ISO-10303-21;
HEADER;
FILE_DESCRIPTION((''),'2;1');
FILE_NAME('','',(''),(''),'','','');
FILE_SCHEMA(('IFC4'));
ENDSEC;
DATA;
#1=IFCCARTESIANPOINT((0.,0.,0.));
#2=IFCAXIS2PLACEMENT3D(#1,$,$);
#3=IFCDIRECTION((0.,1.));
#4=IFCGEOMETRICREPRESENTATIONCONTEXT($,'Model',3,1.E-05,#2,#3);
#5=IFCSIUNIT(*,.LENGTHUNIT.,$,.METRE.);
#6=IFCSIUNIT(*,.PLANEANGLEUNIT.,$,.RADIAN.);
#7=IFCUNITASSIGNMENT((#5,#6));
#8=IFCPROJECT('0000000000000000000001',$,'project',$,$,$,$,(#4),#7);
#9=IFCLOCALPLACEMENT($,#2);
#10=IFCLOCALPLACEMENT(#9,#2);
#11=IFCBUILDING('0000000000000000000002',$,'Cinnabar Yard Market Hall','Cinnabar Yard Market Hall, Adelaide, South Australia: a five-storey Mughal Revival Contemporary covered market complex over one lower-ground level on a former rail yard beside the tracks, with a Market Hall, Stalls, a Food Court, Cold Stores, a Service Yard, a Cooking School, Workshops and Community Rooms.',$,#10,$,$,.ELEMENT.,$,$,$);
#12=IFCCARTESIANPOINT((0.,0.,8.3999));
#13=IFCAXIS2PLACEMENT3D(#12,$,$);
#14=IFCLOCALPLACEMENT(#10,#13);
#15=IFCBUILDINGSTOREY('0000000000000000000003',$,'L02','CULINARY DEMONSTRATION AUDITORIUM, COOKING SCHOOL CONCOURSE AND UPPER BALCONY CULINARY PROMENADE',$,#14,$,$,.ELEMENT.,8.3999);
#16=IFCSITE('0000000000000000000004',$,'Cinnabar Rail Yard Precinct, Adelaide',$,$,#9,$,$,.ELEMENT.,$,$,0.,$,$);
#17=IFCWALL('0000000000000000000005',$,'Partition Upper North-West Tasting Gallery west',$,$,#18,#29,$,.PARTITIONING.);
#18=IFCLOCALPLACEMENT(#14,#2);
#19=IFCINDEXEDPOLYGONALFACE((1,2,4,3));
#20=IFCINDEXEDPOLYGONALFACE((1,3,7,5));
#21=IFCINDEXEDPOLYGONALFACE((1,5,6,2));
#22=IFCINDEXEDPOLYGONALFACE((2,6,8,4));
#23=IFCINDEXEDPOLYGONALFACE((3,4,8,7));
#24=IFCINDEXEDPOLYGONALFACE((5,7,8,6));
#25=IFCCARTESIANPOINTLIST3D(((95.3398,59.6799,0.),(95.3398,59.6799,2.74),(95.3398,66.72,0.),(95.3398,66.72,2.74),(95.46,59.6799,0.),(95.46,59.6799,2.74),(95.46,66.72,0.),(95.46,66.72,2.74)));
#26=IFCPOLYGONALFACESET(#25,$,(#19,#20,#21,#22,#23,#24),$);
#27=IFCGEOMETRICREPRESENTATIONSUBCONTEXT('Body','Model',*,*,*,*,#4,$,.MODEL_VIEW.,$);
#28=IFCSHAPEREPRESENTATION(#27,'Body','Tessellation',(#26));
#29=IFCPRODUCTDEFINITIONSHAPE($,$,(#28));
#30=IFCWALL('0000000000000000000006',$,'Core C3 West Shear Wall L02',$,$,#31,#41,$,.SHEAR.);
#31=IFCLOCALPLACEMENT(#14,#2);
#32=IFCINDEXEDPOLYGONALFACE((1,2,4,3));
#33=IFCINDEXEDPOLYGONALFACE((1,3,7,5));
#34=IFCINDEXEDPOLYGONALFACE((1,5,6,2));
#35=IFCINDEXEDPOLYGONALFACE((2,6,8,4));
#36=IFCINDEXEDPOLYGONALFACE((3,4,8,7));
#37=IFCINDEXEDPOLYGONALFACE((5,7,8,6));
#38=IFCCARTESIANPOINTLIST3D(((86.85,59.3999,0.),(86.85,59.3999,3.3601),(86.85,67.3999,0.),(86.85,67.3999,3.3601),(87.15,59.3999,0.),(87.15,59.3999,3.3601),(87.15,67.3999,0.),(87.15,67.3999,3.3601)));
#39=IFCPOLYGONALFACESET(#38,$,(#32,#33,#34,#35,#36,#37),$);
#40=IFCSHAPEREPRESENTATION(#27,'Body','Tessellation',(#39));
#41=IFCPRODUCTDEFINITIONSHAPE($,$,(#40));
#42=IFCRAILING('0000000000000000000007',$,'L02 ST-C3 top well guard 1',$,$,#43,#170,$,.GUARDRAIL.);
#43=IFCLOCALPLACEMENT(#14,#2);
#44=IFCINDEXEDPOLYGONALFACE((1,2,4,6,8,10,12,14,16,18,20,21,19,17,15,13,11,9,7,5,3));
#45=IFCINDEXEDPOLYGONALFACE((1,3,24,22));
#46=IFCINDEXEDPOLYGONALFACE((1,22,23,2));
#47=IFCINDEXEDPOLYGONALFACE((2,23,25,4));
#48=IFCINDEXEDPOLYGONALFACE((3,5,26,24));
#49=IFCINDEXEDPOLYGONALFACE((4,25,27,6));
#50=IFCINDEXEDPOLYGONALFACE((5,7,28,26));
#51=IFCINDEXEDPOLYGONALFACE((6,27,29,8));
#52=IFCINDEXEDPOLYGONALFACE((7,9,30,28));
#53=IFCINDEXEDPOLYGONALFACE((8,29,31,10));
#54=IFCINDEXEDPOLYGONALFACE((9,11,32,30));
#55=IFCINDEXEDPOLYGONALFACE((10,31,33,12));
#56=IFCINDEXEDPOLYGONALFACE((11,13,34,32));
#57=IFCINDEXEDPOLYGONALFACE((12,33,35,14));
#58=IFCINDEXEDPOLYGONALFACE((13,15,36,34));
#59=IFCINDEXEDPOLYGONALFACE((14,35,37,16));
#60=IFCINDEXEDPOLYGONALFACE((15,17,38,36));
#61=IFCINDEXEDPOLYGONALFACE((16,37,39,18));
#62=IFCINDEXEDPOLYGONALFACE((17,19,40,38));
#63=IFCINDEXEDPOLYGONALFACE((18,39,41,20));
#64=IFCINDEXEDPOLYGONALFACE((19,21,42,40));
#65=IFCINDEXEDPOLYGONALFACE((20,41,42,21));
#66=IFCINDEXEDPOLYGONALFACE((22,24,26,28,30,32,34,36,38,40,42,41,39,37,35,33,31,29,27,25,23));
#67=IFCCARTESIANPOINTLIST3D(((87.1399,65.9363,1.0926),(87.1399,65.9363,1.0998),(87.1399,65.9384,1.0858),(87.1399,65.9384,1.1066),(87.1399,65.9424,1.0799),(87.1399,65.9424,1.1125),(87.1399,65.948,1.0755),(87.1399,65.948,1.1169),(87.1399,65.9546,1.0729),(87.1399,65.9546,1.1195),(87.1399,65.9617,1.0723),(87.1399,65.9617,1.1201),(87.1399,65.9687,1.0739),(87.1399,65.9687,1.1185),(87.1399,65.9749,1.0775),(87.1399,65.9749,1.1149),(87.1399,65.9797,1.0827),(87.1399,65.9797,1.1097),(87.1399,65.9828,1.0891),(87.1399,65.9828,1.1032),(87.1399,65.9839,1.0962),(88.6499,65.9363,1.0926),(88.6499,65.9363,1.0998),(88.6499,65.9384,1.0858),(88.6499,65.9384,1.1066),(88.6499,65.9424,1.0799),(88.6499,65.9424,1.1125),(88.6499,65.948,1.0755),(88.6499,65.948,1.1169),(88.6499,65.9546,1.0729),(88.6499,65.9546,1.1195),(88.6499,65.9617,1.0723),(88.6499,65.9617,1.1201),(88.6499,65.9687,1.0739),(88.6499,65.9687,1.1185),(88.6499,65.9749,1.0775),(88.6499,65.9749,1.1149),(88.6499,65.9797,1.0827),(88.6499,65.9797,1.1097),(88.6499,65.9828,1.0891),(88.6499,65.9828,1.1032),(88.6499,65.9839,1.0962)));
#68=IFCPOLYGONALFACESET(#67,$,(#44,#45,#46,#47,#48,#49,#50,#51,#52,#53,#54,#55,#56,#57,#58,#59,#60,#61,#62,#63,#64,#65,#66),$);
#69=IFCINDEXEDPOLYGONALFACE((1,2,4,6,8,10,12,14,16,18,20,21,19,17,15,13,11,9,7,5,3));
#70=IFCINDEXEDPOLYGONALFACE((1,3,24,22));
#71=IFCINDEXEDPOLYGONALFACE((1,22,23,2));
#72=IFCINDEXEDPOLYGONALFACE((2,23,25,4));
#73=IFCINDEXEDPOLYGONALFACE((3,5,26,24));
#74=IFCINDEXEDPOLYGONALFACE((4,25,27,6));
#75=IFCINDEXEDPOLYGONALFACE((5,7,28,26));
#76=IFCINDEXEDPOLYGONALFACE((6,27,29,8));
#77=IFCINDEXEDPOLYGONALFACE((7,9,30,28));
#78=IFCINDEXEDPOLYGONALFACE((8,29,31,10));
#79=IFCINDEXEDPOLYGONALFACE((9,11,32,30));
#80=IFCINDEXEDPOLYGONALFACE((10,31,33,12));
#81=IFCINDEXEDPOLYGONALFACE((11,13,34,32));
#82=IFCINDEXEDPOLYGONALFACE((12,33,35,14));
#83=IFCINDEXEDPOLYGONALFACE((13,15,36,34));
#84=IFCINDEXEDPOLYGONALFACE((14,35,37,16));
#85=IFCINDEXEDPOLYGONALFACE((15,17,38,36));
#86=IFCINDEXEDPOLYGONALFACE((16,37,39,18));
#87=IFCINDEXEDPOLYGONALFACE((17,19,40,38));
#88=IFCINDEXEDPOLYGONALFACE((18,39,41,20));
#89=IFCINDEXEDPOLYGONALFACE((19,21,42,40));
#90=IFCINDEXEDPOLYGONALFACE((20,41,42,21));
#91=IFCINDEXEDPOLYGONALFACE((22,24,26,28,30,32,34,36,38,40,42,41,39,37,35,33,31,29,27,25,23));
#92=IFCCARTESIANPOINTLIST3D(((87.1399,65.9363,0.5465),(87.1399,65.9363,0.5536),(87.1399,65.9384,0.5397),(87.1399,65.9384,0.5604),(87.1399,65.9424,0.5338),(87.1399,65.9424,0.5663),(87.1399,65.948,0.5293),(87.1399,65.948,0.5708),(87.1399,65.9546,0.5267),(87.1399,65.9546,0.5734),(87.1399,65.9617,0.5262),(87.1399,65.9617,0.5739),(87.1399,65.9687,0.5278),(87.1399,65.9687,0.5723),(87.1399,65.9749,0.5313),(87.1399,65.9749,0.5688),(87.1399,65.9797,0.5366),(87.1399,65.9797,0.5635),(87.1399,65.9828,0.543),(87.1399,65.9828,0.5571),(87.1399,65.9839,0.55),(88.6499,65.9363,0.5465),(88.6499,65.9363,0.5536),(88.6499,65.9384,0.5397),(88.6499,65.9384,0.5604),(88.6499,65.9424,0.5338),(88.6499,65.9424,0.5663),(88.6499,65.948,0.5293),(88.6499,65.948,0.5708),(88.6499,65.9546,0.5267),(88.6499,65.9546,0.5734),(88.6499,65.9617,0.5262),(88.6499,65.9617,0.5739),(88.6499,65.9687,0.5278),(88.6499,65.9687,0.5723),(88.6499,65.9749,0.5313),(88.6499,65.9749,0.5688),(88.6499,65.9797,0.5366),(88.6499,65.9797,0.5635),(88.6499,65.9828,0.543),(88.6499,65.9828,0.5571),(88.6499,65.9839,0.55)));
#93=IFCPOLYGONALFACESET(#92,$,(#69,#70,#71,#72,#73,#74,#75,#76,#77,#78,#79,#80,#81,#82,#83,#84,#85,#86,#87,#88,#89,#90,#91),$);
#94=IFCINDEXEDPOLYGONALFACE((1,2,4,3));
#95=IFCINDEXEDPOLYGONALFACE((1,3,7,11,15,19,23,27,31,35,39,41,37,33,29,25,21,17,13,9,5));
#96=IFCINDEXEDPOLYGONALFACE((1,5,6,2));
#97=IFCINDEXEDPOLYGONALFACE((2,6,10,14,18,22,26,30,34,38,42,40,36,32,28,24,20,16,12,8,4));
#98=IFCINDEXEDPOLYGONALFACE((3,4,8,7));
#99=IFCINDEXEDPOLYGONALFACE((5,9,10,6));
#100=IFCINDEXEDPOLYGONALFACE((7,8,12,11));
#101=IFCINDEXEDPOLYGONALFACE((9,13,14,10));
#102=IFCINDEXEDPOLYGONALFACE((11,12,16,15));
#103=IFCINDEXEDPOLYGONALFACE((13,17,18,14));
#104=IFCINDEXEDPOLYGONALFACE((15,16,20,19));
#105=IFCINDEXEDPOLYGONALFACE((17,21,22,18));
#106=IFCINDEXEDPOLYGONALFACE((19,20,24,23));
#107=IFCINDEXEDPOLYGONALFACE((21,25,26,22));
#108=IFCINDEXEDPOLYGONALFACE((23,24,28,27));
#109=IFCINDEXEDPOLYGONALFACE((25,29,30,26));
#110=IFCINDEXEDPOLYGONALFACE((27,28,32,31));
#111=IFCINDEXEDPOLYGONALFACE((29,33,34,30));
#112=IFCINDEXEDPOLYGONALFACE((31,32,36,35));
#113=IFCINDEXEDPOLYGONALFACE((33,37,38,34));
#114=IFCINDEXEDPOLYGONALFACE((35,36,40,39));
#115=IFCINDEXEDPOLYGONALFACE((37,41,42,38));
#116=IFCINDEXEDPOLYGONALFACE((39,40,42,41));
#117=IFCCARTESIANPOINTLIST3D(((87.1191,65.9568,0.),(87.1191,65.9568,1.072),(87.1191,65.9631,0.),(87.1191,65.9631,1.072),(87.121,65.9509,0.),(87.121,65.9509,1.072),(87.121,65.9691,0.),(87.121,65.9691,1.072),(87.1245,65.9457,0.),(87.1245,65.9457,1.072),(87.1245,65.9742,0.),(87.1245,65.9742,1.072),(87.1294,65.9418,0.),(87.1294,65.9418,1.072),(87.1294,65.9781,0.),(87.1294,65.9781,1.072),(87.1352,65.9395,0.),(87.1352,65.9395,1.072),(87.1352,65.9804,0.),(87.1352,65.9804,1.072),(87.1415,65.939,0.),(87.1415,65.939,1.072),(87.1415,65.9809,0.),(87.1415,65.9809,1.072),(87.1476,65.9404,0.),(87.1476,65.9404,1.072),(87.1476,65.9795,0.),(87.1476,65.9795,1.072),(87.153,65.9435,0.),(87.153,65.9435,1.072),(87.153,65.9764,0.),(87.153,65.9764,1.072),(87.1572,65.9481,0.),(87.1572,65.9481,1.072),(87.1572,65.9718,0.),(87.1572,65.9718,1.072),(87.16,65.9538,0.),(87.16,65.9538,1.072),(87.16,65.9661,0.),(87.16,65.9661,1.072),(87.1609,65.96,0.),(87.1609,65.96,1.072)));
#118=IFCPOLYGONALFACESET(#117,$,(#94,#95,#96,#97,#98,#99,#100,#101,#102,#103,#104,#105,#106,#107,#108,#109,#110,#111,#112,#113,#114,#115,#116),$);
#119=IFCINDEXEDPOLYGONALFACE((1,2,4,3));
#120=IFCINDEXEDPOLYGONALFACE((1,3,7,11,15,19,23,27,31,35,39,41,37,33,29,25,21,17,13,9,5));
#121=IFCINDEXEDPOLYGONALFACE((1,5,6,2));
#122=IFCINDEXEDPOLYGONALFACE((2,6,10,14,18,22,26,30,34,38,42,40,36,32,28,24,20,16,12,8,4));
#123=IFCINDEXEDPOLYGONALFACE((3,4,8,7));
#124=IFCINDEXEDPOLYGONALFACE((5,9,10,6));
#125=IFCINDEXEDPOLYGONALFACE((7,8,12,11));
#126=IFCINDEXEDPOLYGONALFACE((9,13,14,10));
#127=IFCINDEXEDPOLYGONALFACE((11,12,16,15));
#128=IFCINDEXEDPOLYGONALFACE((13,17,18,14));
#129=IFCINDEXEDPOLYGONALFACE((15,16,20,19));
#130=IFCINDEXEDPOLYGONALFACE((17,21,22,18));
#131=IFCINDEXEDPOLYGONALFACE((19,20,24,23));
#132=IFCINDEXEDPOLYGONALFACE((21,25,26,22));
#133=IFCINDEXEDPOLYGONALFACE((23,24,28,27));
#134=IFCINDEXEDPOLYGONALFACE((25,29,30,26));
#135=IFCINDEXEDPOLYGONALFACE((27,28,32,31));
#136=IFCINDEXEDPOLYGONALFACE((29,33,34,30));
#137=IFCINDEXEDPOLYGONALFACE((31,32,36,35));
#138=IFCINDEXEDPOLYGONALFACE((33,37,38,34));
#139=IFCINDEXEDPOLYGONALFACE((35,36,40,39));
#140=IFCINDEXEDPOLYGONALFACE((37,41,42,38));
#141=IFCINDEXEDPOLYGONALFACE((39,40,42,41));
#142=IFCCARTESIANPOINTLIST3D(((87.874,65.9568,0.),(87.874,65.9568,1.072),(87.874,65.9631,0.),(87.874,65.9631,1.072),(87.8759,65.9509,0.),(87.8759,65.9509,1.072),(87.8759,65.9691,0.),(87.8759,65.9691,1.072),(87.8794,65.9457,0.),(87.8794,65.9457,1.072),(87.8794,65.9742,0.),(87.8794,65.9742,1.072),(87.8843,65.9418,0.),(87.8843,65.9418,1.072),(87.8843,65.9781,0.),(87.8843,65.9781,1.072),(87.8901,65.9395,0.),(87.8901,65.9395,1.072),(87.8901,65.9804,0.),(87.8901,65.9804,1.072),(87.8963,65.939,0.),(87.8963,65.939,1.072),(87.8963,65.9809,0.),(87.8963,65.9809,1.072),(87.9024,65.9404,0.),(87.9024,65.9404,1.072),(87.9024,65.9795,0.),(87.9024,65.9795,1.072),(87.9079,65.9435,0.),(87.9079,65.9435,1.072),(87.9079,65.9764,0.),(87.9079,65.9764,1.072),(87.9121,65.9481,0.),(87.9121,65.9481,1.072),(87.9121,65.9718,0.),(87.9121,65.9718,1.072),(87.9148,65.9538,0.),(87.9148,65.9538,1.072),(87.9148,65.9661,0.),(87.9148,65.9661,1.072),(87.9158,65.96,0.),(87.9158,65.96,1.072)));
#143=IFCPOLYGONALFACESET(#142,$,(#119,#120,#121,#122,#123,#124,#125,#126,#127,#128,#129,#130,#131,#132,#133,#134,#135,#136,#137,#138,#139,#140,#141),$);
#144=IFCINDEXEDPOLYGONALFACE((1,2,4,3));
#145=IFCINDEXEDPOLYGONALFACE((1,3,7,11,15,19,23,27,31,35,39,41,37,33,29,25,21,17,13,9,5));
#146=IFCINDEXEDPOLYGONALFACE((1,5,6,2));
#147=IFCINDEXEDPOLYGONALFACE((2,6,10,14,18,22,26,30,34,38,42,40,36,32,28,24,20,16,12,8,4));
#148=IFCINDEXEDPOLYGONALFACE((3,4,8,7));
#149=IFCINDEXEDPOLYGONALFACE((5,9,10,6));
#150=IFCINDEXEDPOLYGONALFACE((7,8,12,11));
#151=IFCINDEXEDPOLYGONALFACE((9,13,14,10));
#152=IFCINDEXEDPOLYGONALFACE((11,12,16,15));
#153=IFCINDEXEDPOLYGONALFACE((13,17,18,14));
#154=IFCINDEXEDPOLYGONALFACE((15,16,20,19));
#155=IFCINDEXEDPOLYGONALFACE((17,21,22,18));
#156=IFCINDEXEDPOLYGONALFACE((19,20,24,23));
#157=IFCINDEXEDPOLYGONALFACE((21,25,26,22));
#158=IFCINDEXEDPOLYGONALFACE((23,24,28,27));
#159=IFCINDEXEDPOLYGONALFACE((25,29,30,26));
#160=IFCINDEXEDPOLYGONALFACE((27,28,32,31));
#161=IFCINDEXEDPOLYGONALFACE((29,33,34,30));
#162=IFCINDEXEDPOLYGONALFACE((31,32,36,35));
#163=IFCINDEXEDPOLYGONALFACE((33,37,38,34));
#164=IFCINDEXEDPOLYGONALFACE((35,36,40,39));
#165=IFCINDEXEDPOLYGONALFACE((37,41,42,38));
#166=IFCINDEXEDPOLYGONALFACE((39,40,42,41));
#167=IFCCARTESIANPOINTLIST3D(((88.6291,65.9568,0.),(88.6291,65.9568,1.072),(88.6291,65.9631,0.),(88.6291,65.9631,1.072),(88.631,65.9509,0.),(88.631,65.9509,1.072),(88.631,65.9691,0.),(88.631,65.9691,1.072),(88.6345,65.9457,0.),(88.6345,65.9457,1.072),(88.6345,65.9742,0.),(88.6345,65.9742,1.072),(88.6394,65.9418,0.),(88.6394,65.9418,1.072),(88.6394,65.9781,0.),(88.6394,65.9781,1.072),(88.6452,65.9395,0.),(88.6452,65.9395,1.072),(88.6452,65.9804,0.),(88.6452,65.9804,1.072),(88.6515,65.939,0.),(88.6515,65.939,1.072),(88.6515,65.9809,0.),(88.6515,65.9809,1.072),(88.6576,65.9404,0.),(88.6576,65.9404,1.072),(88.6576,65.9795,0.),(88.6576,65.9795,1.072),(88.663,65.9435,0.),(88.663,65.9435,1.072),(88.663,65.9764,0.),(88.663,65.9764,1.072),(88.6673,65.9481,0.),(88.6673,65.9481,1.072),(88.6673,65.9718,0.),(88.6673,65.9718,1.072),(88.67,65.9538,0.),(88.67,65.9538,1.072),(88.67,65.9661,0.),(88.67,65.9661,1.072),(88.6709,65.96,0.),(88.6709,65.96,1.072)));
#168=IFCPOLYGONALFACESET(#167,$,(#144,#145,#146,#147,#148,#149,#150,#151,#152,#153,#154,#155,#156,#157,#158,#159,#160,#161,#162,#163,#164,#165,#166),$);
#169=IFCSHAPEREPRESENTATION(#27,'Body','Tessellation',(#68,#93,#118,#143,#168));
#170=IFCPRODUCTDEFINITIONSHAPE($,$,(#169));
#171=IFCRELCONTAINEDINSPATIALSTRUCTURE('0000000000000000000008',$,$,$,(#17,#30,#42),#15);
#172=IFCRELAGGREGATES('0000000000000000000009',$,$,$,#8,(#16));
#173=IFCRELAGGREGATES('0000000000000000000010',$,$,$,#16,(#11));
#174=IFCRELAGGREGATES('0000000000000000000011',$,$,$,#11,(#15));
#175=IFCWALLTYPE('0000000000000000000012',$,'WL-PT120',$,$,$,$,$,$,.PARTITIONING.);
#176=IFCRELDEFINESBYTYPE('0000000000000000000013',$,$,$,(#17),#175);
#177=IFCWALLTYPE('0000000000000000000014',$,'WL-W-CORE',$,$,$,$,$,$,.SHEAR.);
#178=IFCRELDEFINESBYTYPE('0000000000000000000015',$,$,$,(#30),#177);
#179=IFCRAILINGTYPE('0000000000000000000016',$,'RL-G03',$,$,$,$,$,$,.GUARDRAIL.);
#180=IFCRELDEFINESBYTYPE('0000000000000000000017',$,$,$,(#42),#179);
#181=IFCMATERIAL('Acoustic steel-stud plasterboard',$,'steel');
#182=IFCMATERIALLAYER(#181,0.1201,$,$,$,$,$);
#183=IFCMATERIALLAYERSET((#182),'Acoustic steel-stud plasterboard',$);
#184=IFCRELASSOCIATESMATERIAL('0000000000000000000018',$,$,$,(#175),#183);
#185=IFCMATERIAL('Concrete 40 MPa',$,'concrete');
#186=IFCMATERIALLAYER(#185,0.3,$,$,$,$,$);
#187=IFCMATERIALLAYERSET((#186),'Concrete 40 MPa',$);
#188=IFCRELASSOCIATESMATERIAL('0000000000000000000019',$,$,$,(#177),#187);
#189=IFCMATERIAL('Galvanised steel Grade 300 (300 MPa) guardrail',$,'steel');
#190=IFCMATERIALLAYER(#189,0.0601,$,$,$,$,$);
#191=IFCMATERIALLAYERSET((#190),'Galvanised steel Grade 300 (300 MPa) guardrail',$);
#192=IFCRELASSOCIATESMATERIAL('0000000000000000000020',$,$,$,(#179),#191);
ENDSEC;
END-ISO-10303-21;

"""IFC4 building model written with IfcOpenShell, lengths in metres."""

from ifc_helpers import new_model, si_unit, direction, frame, frame_2d, origin, origin_2d_with_axis, place, context, subcontext, project, spatial, rectangle, circle, extrude, material, layer, layer_set, type_object, element, save


model = new_model("IFC4")

# Units and contexts
model_context = context("Model", 3, precision=1e-05, world=origin(), true_north=direction((0.0, 1.0)))
body_context = subcontext(model_context, "Body", "Model", "MODEL_VIEW")
ifc_project = project(units=[si_unit("LENGTHUNIT", "METRE"), si_unit("PLANEANGLEUNIT", "RADIAN")], contexts=[model_context])

# Site, building, storey
site_placement = place(None, origin())
site = spatial("IfcSite", under=ifc_project, at=site_placement, Name="Cinnabar Rail Yard Precinct, Adelaide", CompositionType="ELEMENT", RefElevation=0.0)
building_placement = place(site_placement, origin())
building = spatial("IfcBuilding", under=site, at=building_placement, Name="Cinnabar Yard Market Hall", Description="Cinnabar Yard Market Hall, Adelaide, South Australia: a five-storey Mughal Revival Contemporary covered market complex over one lower-ground level on a former rail yard beside the tracks, with a Market Hall, Stalls, a Food Court, Cold Stores, a Service Yard, a Cooking School, Workshops and Community Rooms.", CompositionType="ELEMENT")
storey_placement = place(building_placement, frame((0.0, 0.0, 8.3999)))
storey = spatial("IfcBuildingStorey", under=building, at=storey_placement, Name="L02", Description="CULINARY DEMONSTRATION AUDITORIUM, COOKING SCHOOL CONCOURSE AND UPPER BALCONY CULINARY PROMENADE", CompositionType="ELEMENT", Elevation=8.3999)

# Walls
ifc_material_1 = material(Name="Acoustic steel-stud plasterboard", Category="steel")
ifc_layer_1 = layer(ifc_material_1, 0.1201)
ifc_layer_set_1 = layer_set([ifc_layer_1], Name="Acoustic steel-stud plasterboard")
wall_type_1 = type_object("IfcWallType", Name="WL-PT120", PredefinedType="PARTITIONING", material=ifc_layer_set_1)
wall_1_placement = place(storey_placement, frame((95.3999, 66.72, 0.0), z_axis=(0.0, 0.0, 1.0), x_axis=(0.0, -1.0, 0.0)))
element("IfcWall", 1, at=wall_1_placement, inside=storey, type_object=wall_type_1, Name="Partition Upper North-West Tasting Gallery west", PredefinedType="PARTITIONING", context=body_context, shape_type="SweptSolid", body=[
    extrude(rectangle(XDim=7.04, YDim=0.1201, at=frame_2d((3.52, 0.0), x_axis=(1.0, 0.0))), origin(), (0.0, 0.0, 1.0), 2.74),
])
ifc_material_2 = material(Name="Concrete 40 MPa", Category="concrete")
ifc_layer_2 = layer(ifc_material_2, 0.3)
ifc_layer_set_2 = layer_set([ifc_layer_2], Name="Concrete 40 MPa")
wall_type_2 = type_object("IfcWallType", Name="WL-W-CORE", PredefinedType="SHEAR", material=ifc_layer_set_2)
wall_2_placement = place(storey_placement, frame((87.0, 67.3999, 0.0), z_axis=(0.0, 0.0, 1.0), x_axis=(0.0, -1.0, 0.0)))
element("IfcWall", 2, at=wall_2_placement, inside=storey, type_object=wall_type_2, Name="Core C3 West Shear Wall L02", PredefinedType="SHEAR", context=body_context, shape_type="SweptSolid", body=[
    extrude(rectangle(XDim=8.0, YDim=0.3, at=frame_2d((4.0, 0.0), x_axis=(1.0, 0.0))), origin(), (0.0, 0.0, 1.0), 3.3601),
])

# Railing
ifc_material_3 = material(Name="Galvanised steel Grade 300 (300 MPa) guardrail", Category="steel")
ifc_layer_3 = layer(ifc_material_3, 0.0601)
ifc_layer_set_3 = layer_set([ifc_layer_3], Name="Galvanised steel Grade 300 (300 MPa) guardrail")
railing_type = type_object("IfcRailingType", Name="RL-G03", PredefinedType="GUARDRAIL", material=ifc_layer_set_3)
railing_placement = place(storey_placement, frame((87.1399, 65.96, 0.0)))
element("IfcRailing", 3, at=railing_placement, inside=storey, type_object=railing_type, Name="L02 ST-C3 top well guard 1", PredefinedType="GUARDRAIL", context=body_context, shape_type="SweptSolid", body=[
    extrude(circle(Radius=0.0239, at=origin_2d_with_axis()), frame((0.0, 0.0, 1.0962), z_axis=(1.0, 0.0, 0.0), x_axis=(0.0, 1.0, 0.0)), (0.0, 0.0, 1.0), 1.51),
    extrude(circle(Radius=0.0239, at=origin_2d_with_axis()), frame((0.0, 0.0, 0.55), z_axis=(1.0, 0.0, 0.0), x_axis=(0.0, 1.0, 0.0)), (0.0, 0.0, 1.0), 1.51),
    extrude(circle(Radius=0.021, at=origin_2d_with_axis()), origin(), (0.0, 0.0, 1.0), 1.072),
    extrude(circle(Radius=0.021, at=origin_2d_with_axis()), frame((0.7549, 0.0, 0.0)), (0.0, 0.0, 1.0), 1.072),
    extrude(circle(Radius=0.021, at=origin_2d_with_axis()), frame((1.51, 0.0, 0.0)), (0.0, 0.0, 1.0), 1.072),
])

save(model, "model.ifc")
